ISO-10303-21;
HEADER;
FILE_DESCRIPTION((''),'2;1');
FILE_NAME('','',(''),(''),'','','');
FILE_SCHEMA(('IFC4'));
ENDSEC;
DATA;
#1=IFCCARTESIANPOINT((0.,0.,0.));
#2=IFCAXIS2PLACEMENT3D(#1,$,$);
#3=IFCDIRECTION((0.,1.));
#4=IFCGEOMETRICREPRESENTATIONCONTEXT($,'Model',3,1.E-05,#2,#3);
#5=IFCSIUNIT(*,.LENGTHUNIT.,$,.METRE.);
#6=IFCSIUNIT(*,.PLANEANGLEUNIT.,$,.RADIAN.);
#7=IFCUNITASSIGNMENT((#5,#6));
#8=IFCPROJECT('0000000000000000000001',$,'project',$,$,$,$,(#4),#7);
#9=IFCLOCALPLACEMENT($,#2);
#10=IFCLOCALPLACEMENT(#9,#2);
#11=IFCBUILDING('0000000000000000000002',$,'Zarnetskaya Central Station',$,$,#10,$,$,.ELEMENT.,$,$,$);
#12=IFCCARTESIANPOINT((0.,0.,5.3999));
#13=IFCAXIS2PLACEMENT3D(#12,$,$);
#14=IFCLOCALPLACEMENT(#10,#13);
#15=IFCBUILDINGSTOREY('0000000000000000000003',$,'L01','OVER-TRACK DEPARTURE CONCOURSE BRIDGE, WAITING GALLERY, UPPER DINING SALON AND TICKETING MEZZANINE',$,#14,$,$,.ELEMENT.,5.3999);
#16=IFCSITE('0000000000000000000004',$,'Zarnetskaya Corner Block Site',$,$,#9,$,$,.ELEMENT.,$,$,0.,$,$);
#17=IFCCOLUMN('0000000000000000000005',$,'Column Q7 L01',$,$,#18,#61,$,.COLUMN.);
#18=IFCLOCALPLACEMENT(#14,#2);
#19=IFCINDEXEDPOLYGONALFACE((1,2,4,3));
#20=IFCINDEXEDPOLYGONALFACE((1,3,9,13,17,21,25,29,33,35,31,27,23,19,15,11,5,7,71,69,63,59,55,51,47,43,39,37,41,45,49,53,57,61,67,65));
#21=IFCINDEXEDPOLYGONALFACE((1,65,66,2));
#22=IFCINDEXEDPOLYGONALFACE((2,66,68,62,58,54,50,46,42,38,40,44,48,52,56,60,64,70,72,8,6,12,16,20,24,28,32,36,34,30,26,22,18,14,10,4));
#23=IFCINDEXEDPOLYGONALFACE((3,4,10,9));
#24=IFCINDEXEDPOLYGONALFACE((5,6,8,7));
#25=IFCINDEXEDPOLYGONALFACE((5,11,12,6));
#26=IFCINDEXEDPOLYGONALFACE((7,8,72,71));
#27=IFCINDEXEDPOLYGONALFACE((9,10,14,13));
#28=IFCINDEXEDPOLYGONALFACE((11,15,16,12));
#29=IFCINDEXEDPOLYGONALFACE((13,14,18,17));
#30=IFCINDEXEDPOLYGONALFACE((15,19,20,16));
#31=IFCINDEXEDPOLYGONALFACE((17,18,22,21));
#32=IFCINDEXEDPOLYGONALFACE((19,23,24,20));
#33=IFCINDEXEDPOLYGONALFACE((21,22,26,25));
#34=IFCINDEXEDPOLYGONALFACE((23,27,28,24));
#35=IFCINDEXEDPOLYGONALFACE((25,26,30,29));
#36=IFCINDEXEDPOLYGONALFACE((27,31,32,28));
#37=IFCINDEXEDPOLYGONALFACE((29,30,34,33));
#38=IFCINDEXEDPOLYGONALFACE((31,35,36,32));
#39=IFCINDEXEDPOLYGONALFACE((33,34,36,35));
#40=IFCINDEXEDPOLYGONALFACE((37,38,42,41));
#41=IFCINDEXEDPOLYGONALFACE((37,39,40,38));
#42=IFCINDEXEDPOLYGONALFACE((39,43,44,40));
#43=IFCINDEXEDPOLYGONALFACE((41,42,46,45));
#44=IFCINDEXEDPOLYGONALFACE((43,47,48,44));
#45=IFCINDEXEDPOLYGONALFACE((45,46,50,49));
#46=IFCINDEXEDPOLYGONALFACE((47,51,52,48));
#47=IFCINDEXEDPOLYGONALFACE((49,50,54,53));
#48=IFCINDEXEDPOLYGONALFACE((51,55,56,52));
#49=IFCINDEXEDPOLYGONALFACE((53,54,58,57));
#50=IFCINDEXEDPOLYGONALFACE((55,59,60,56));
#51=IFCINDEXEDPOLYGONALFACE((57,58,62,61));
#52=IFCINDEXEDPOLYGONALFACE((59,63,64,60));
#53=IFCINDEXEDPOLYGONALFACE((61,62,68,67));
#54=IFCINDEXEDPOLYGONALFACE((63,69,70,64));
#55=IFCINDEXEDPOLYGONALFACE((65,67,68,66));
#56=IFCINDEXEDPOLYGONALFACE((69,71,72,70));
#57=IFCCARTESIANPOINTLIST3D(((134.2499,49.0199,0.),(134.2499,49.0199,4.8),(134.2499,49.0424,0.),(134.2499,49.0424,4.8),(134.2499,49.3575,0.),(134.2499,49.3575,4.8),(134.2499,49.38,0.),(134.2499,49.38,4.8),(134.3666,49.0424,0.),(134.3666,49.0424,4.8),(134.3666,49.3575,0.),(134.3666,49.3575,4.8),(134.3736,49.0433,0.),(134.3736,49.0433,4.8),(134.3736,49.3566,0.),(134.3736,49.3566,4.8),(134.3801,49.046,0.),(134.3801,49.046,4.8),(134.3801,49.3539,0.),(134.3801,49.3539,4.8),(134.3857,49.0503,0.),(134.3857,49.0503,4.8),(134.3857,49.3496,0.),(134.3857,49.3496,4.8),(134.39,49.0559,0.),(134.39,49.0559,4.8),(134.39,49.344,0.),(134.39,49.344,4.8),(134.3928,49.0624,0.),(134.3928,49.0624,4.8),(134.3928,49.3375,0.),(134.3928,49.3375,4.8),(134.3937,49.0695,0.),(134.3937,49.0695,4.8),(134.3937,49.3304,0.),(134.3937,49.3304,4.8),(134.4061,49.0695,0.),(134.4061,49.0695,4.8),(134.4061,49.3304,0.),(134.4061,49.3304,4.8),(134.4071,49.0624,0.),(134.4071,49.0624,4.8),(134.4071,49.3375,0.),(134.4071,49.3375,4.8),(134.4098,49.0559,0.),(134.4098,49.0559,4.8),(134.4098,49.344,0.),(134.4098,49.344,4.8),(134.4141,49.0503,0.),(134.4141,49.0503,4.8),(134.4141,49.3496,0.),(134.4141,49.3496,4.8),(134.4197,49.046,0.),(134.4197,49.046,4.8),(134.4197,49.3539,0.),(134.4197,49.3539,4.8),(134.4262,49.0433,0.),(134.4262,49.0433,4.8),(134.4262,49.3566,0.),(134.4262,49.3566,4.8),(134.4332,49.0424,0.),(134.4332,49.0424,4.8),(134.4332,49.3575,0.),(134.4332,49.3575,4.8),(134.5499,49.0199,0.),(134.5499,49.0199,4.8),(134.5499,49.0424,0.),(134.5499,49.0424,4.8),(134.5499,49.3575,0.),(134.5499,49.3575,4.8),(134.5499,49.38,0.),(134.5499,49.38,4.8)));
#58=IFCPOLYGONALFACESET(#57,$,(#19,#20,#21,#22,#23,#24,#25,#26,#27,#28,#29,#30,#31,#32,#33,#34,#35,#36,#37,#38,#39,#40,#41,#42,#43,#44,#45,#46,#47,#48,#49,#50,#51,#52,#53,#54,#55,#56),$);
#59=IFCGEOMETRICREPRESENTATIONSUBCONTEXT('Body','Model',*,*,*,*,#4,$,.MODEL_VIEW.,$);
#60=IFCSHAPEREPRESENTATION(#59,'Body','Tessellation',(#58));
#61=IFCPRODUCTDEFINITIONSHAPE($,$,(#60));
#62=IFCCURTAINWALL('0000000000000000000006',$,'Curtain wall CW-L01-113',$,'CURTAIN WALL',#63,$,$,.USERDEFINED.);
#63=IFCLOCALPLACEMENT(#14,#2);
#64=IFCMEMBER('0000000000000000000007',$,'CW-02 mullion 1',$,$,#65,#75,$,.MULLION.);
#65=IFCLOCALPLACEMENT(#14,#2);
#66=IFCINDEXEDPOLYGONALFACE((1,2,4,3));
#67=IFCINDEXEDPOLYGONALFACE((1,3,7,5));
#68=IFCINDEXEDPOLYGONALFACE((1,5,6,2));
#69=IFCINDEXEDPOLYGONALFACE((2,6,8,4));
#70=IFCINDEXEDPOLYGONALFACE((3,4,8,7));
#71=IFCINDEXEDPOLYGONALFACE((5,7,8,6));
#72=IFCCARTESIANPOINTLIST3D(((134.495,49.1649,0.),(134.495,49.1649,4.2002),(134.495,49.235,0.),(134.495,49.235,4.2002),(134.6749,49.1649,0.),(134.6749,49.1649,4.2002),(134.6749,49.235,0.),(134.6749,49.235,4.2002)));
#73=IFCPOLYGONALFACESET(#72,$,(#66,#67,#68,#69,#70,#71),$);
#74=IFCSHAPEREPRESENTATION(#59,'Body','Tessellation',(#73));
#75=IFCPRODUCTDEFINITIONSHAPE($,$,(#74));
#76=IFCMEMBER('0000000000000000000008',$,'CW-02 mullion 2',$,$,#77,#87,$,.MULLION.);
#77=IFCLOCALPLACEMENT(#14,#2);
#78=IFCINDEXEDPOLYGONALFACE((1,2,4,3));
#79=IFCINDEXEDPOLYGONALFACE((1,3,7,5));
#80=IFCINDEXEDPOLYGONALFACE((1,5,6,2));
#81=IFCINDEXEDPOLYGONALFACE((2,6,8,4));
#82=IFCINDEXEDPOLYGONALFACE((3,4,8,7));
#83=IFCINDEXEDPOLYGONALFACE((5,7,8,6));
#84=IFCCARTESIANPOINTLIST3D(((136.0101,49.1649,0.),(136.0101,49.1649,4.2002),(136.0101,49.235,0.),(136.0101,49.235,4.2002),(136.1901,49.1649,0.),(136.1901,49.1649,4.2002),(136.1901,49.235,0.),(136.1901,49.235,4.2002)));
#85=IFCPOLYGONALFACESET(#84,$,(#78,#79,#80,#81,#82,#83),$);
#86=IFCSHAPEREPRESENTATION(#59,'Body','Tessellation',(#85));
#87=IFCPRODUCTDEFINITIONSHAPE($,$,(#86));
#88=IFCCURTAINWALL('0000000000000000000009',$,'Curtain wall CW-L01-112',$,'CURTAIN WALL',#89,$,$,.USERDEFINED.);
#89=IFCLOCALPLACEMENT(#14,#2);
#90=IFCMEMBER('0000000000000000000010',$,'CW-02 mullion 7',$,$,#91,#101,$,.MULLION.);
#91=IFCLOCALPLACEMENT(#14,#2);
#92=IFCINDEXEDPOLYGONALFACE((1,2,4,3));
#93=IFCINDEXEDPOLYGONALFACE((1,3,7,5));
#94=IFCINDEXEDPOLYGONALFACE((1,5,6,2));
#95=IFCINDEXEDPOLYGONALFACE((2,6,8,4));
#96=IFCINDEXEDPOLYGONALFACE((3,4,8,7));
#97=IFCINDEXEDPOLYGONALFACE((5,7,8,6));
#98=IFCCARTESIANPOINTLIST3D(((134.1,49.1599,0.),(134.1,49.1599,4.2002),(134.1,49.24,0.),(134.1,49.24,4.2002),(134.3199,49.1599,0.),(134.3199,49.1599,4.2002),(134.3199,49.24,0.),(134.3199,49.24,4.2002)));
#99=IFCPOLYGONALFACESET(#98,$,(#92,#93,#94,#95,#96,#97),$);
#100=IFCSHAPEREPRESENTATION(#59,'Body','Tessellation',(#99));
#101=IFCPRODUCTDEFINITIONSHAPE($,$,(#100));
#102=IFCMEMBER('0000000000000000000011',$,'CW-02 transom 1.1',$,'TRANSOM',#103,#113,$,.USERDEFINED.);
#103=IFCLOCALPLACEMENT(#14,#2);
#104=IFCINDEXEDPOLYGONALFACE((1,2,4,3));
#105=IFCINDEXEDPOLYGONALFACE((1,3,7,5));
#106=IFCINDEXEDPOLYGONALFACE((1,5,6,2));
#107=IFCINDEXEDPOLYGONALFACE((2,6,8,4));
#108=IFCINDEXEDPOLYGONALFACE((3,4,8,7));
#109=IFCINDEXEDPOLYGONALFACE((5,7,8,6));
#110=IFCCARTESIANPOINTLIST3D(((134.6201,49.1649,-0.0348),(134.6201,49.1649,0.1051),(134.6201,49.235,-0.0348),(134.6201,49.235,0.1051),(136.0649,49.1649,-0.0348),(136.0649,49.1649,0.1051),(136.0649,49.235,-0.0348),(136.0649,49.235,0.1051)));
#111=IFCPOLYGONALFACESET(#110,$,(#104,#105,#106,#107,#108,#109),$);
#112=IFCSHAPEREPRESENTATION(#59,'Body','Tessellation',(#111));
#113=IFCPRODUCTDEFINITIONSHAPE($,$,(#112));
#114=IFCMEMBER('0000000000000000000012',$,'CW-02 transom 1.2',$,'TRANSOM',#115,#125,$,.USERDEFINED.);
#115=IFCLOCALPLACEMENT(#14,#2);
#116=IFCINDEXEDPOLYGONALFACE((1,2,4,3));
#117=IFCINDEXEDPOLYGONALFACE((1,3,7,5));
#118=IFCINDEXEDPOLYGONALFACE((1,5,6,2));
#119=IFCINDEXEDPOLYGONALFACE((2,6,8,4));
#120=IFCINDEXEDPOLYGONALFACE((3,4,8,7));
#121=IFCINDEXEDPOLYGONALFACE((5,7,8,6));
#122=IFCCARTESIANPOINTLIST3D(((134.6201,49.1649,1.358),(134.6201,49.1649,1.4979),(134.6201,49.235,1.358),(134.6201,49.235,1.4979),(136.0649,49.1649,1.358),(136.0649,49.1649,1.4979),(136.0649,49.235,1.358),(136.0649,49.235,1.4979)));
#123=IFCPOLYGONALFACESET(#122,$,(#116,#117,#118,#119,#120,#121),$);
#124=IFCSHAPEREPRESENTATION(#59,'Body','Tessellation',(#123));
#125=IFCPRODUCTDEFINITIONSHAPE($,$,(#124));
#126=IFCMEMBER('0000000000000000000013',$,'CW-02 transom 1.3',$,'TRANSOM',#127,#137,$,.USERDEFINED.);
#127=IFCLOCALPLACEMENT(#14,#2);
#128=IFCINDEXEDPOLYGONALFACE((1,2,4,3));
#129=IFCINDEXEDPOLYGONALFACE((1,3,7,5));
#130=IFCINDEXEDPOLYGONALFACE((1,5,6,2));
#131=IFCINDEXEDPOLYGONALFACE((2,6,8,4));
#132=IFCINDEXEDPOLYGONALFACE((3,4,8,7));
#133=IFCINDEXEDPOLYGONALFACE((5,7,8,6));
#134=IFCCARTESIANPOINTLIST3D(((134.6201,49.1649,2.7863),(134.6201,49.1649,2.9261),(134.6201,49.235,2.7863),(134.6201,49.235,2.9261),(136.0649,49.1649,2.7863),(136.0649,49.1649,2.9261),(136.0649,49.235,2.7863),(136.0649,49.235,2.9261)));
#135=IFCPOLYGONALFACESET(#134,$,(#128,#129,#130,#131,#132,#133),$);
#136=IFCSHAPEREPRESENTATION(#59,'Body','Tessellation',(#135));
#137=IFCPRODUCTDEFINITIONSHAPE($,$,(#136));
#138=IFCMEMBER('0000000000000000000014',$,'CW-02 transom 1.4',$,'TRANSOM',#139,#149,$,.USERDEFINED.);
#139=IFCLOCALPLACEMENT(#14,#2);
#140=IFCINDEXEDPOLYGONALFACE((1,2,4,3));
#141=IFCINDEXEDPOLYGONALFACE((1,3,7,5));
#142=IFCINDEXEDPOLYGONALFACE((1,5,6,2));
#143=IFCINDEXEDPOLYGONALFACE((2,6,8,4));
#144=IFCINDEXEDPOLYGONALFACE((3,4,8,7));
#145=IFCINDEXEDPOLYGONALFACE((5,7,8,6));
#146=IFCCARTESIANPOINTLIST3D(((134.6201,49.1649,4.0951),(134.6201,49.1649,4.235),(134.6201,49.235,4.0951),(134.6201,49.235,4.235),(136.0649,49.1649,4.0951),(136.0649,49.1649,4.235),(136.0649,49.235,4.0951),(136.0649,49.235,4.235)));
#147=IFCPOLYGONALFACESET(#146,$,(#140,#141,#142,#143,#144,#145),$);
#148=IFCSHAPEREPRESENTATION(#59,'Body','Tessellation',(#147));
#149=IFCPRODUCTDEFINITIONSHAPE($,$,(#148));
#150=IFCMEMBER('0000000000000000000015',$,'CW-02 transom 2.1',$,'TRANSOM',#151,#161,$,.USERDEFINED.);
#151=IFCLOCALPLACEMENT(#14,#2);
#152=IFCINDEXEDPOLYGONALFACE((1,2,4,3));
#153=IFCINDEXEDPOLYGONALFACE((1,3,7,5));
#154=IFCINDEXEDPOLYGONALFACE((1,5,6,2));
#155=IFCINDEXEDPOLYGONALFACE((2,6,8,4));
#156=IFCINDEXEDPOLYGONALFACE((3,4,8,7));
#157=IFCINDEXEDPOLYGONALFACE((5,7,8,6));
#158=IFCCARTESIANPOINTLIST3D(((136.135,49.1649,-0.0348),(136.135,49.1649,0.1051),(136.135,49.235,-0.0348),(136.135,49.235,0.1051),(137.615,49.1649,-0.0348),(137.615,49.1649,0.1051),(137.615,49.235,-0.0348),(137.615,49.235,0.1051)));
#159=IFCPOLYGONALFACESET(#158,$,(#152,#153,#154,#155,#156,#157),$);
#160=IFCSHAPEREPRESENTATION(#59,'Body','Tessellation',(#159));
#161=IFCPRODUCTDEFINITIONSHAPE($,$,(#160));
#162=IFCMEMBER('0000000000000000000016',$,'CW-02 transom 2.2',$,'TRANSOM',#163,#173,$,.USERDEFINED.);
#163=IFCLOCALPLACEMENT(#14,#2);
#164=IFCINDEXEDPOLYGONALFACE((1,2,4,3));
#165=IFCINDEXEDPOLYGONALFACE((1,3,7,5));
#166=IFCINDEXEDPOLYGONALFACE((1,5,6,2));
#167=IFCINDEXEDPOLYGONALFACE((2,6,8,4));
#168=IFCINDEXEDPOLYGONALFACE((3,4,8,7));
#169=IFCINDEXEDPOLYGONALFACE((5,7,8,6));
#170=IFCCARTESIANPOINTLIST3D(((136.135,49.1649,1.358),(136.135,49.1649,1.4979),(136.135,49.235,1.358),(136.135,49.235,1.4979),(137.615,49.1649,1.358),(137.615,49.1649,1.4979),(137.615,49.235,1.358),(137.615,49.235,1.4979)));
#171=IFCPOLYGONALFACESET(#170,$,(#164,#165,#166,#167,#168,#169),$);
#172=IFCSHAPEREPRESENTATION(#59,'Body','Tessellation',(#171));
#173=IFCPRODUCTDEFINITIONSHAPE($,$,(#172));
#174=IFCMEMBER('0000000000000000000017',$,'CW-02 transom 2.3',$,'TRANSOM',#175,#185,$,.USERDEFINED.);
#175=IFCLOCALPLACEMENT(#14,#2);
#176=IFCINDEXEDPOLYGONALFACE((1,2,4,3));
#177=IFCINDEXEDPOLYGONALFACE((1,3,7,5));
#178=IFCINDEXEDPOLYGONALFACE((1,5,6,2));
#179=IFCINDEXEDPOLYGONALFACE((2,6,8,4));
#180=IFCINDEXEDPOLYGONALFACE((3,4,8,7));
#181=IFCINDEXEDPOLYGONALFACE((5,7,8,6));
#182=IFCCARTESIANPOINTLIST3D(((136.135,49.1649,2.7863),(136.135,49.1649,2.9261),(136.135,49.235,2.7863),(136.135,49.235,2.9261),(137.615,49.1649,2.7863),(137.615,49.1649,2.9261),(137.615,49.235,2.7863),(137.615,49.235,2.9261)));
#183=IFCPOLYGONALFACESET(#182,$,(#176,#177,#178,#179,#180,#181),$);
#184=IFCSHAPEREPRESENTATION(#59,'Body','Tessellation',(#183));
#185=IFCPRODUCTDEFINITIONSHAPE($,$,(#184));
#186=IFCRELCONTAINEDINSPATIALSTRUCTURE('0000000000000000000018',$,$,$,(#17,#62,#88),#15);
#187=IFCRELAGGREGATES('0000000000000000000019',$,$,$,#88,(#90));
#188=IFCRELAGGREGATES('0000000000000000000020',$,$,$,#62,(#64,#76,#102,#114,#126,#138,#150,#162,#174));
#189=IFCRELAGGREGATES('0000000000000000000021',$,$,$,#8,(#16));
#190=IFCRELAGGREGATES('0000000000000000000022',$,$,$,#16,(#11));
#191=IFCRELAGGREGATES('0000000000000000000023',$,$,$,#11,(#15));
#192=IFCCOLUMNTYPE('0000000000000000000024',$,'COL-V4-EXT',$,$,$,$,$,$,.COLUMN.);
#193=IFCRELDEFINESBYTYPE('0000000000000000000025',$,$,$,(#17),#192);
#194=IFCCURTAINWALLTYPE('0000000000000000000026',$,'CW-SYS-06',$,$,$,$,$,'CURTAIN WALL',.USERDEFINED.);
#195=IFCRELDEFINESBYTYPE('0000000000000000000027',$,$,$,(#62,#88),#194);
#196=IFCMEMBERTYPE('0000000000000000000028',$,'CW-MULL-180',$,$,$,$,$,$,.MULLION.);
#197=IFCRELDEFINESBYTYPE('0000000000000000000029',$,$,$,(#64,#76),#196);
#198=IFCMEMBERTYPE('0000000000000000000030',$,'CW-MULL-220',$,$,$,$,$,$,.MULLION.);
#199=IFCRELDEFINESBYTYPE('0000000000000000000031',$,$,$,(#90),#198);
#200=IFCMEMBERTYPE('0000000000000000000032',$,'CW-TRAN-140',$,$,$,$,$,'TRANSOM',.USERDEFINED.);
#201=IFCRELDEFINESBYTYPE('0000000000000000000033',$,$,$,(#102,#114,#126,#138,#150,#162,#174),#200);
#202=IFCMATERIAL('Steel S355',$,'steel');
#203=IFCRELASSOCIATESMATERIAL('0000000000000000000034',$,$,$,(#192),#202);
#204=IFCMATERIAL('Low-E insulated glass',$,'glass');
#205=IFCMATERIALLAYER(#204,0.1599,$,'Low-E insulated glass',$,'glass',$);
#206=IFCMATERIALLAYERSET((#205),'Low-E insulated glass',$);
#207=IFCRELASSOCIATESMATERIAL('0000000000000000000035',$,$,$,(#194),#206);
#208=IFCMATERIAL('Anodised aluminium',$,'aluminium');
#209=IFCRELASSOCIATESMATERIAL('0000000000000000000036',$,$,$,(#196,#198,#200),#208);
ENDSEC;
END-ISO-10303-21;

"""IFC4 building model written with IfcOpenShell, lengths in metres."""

from ifc_helpers import new_model, si_unit, direction, frame, origin, origin_2d, place, context, subcontext, project, spatial, rectangle, i_section, extrude, material, layer, layer_set, material_profile, profile_set, type_object, element, aggregate, save


model = new_model("IFC4")

# Units and contexts
model_context = context("Model", 3, precision=1e-05, world=origin(), true_north=direction((0.0, 1.0)))
body_context = subcontext(model_context, "Body", "Model", "MODEL_VIEW")
ifc_project = project(units=[si_unit("LENGTHUNIT", "METRE"), si_unit("PLANEANGLEUNIT", "RADIAN")], contexts=[model_context])

# Site, building, storey
site_placement = place(None, origin())
site = spatial("IfcSite", under=ifc_project, at=site_placement, Name="Zarnetskaya Corner Block Site", CompositionType="ELEMENT", RefElevation=0.0)
building_placement = place(site_placement, origin())
building = spatial("IfcBuilding", under=site, at=building_placement, Name="Zarnetskaya Central Station", CompositionType="ELEMENT")
storey_placement = place(building_placement, frame((0.0, 0.0, 5.3999)))
storey = spatial("IfcBuildingStorey", under=building, at=storey_placement, Name="L01", Description="OVER-TRACK DEPARTURE CONCOURSE BRIDGE, WAITING GALLERY, UPPER DINING SALON AND TICKETING MEZZANINE", CompositionType="ELEMENT", Elevation=5.3999)

# Column
ifc_material_1 = material(Name="Steel S355", Category="steel")
ifc_material_profile_1 = material_profile(ifc_material_1, i_section(OverallWidth=0.3, OverallDepth=0.3601, WebThickness=0.0125, FlangeThickness=0.0225, FilletRadius=0.0271, at=origin_2d()), Name="HEB 360")
ifc_profile_set_1 = profile_set([ifc_material_profile_1], Name="Steel S355")
column_type = type_object("IfcColumnType", Name="COL-V4-EXT", PredefinedType="COLUMN", material=ifc_profile_set_1)
column_placement = place(storey_placement, frame((134.3999, 49.2, 0.0), z_axis=(0.0, 0.0, 1.0), x_axis=(1.0, 0.0, 0.0)))
element("IfcColumn", 1, at=column_placement, inside=storey, type_object=column_type, Name="Column Q7 L01", PredefinedType="COLUMN", context=body_context, shape_type="SweptSolid", body=[
    extrude(i_section(OverallWidth=0.3, OverallDepth=0.3601, WebThickness=0.0125, FlangeThickness=0.0225, FilletRadius=0.0271, at=origin_2d()), origin(), (0.0, 0.0, 1.0), 4.8),
])

# Curtain wall, members
ifc_material_2 = material(Name="Low-E insulated glass", Category="glass")
ifc_layer_1 = layer(ifc_material_2, 0.1599, Name="Low-E insulated glass", Category="glass")
ifc_layer_set_1 = layer_set([ifc_layer_1], Name="Low-E insulated glass")
curtain_wall_type = type_object("IfcCurtainWallType", Name="CW-SYS-06", ElementType="CURTAIN WALL", PredefinedType="USERDEFINED", material=ifc_layer_set_1)
curtain_wall_1_placement = place(storey_placement, origin())
curtain_wall_1 = element("IfcCurtainWall", 2, at=curtain_wall_1_placement, inside=storey, type_object=curtain_wall_type, Name="Curtain wall CW-L01-113", ObjectType="CURTAIN WALL", PredefinedType="USERDEFINED")
ifc_material_3 = material(Name="Anodised aluminium", Category="aluminium")
ifc_material_profile_2 = material_profile(ifc_material_3, rectangle(XDim=0.0701, YDim=0.1799, at=origin_2d()), Name="ALU MULL 70x180")
ifc_profile_set_2 = profile_set([ifc_material_profile_2], Name="Anodised aluminium")
member_type_1 = type_object("IfcMemberType", Name="CW-MULL-180", PredefinedType="MULLION", material=ifc_profile_set_2)
member_1_placement = place(storey_placement, frame((134.585, 49.2, 0.0), z_axis=(0.0, 0.0, 1.0), x_axis=(0.0, 1.0, 0.0)))
member_1 = element("IfcMember", 3, at=member_1_placement, type_object=member_type_1, Name="CW-02 mullion 1", PredefinedType="MULLION", context=body_context, shape_type="SweptSolid", body=[
    extrude(rectangle(XDim=0.0701, YDim=0.1799, at=origin_2d()), origin(), (0.0, 0.0, 1.0), 4.2002),
])
member_2_placement = place(storey_placement, frame((136.1001, 49.2, 0.0), z_axis=(0.0, 0.0, 1.0), x_axis=(0.0, 1.0, 0.0)))
member_2 = element("IfcMember", 4, at=member_2_placement, type_object=member_type_1, Name="CW-02 mullion 2", PredefinedType="MULLION", context=body_context, shape_type="SweptSolid", body=[
    extrude(rectangle(XDim=0.0701, YDim=0.1799, at=origin_2d()), origin(), (0.0, 0.0, 1.0), 4.2002),
])

# Curtain wall, member
curtain_wall_2_placement = place(storey_placement, origin())
curtain_wall_2 = element("IfcCurtainWall", 5, at=curtain_wall_2_placement, inside=storey, type_object=curtain_wall_type, Name="Curtain wall CW-L01-112", ObjectType="CURTAIN WALL", PredefinedType="USERDEFINED")
ifc_material_profile_3 = material_profile(ifc_material_3, rectangle(XDim=0.0801, YDim=0.22, at=origin_2d()), Name="ALU MULL 80x220")
ifc_profile_set_3 = profile_set([ifc_material_profile_3], Name="Anodised aluminium")
member_type_2 = type_object("IfcMemberType", Name="CW-MULL-220", PredefinedType="MULLION", material=ifc_profile_set_3)
member_3_placement = place(storey_placement, frame((134.21, 49.2, 0.0), z_axis=(0.0, 0.0, 1.0), x_axis=(0.0, 1.0, 0.0)))
member_3 = element("IfcMember", 6, at=member_3_placement, type_object=member_type_2, Name="CW-02 mullion 7", PredefinedType="MULLION", context=body_context, shape_type="SweptSolid", body=[
    extrude(rectangle(XDim=0.0801, YDim=0.22, at=origin_2d()), origin(), (0.0, 0.0, 1.0), 4.2002),
])

# Members
ifc_material_profile_4 = material_profile(ifc_material_3, rectangle(XDim=0.0701, YDim=0.1399, at=origin_2d()), Name="ALU TRAN 70x140")
ifc_profile_set_4 = profile_set([ifc_material_profile_4], Name="Anodised aluminium")
member_type_3 = type_object("IfcMemberType", Name="CW-TRAN-140", ElementType="TRANSOM", PredefinedType="USERDEFINED", material=ifc_profile_set_4)
member_4_placement = place(storey_placement, frame((134.6201, 49.2, 0.0352), z_axis=(1.0, 0.0, 0.0), x_axis=(0.0, 1.0, 0.0)))
member_4 = element("IfcMember", 7, at=member_4_placement, type_object=member_type_3, Name="CW-02 transom 1.1", ObjectType="TRANSOM", PredefinedType="USERDEFINED", context=body_context, shape_type="SweptSolid", body=[
    extrude(rectangle(XDim=0.0701, YDim=0.1399, at=origin_2d()), origin(), (0.0, 0.0, 1.0), 1.4448),
])
member_5_placement = place(storey_placement, frame((134.6201, 49.2, 1.428), z_axis=(1.0, 0.0, 0.0), x_axis=(0.0, 1.0, 0.0)))
member_5 = element("IfcMember", 8, at=member_5_placement, type_object=member_type_3, Name="CW-02 transom 1.2", ObjectType="TRANSOM", PredefinedType="USERDEFINED", context=body_context, shape_type="SweptSolid", body=[
    extrude(rectangle(XDim=0.0701, YDim=0.1399, at=origin_2d()), origin(), (0.0, 0.0, 1.0), 1.4448),
])
member_6_placement = place(storey_placement, frame((134.6201, 49.2, 2.8562), z_axis=(1.0, 0.0, 0.0), x_axis=(0.0, 1.0, 0.0)))
member_6 = element("IfcMember", 9, at=member_6_placement, type_object=member_type_3, Name="CW-02 transom 1.3", ObjectType="TRANSOM", PredefinedType="USERDEFINED", context=body_context, shape_type="SweptSolid", body=[
    extrude(rectangle(XDim=0.0701, YDim=0.1399, at=origin_2d()), origin(), (0.0, 0.0, 1.0), 1.4448),
])
member_7_placement = place(storey_placement, frame((134.6201, 49.2, 4.165), z_axis=(1.0, 0.0, 0.0), x_axis=(0.0, 1.0, 0.0)))
member_7 = element("IfcMember", 10, at=member_7_placement, type_object=member_type_3, Name="CW-02 transom 1.4", ObjectType="TRANSOM", PredefinedType="USERDEFINED", context=body_context, shape_type="SweptSolid", body=[
    extrude(rectangle(XDim=0.0701, YDim=0.1399, at=origin_2d()), origin(), (0.0, 0.0, 1.0), 1.4448),
])
member_8_placement = place(storey_placement, frame((136.135, 49.2, 0.0352), z_axis=(1.0, 0.0, 0.0), x_axis=(0.0, 1.0, 0.0)))
member_8 = element("IfcMember", 11, at=member_8_placement, type_object=member_type_3, Name="CW-02 transom 2.1", ObjectType="TRANSOM", PredefinedType="USERDEFINED", context=body_context, shape_type="SweptSolid", body=[
    extrude(rectangle(XDim=0.0701, YDim=0.1399, at=origin_2d()), origin(), (0.0, 0.0, 1.0), 1.48),
])
member_9_placement = place(storey_placement, frame((136.135, 49.2, 1.428), z_axis=(1.0, 0.0, 0.0), x_axis=(0.0, 1.0, 0.0)))
member_9 = element("IfcMember", 12, at=member_9_placement, type_object=member_type_3, Name="CW-02 transom 2.2", ObjectType="TRANSOM", PredefinedType="USERDEFINED", context=body_context, shape_type="SweptSolid", body=[
    extrude(rectangle(XDim=0.0701, YDim=0.1399, at=origin_2d()), origin(), (0.0, 0.0, 1.0), 1.48),
])
member_10_placement = place(storey_placement, frame((136.135, 49.2, 2.8562), z_axis=(1.0, 0.0, 0.0), x_axis=(0.0, 1.0, 0.0)))
member_10 = element("IfcMember", 13, at=member_10_placement, type_object=member_type_3, Name="CW-02 transom 2.3", ObjectType="TRANSOM", PredefinedType="USERDEFINED", context=body_context, shape_type="SweptSolid", body=[
    extrude(rectangle(XDim=0.0701, YDim=0.1399, at=origin_2d()), origin(), (0.0, 0.0, 1.0), 1.48),
])

aggregate(curtain_wall_2, [member_3])
aggregate(curtain_wall_1, [member_1, member_2, member_4, member_5, member_6, member_7, member_8, member_9, member_10])

save(model, "model.ifc")
